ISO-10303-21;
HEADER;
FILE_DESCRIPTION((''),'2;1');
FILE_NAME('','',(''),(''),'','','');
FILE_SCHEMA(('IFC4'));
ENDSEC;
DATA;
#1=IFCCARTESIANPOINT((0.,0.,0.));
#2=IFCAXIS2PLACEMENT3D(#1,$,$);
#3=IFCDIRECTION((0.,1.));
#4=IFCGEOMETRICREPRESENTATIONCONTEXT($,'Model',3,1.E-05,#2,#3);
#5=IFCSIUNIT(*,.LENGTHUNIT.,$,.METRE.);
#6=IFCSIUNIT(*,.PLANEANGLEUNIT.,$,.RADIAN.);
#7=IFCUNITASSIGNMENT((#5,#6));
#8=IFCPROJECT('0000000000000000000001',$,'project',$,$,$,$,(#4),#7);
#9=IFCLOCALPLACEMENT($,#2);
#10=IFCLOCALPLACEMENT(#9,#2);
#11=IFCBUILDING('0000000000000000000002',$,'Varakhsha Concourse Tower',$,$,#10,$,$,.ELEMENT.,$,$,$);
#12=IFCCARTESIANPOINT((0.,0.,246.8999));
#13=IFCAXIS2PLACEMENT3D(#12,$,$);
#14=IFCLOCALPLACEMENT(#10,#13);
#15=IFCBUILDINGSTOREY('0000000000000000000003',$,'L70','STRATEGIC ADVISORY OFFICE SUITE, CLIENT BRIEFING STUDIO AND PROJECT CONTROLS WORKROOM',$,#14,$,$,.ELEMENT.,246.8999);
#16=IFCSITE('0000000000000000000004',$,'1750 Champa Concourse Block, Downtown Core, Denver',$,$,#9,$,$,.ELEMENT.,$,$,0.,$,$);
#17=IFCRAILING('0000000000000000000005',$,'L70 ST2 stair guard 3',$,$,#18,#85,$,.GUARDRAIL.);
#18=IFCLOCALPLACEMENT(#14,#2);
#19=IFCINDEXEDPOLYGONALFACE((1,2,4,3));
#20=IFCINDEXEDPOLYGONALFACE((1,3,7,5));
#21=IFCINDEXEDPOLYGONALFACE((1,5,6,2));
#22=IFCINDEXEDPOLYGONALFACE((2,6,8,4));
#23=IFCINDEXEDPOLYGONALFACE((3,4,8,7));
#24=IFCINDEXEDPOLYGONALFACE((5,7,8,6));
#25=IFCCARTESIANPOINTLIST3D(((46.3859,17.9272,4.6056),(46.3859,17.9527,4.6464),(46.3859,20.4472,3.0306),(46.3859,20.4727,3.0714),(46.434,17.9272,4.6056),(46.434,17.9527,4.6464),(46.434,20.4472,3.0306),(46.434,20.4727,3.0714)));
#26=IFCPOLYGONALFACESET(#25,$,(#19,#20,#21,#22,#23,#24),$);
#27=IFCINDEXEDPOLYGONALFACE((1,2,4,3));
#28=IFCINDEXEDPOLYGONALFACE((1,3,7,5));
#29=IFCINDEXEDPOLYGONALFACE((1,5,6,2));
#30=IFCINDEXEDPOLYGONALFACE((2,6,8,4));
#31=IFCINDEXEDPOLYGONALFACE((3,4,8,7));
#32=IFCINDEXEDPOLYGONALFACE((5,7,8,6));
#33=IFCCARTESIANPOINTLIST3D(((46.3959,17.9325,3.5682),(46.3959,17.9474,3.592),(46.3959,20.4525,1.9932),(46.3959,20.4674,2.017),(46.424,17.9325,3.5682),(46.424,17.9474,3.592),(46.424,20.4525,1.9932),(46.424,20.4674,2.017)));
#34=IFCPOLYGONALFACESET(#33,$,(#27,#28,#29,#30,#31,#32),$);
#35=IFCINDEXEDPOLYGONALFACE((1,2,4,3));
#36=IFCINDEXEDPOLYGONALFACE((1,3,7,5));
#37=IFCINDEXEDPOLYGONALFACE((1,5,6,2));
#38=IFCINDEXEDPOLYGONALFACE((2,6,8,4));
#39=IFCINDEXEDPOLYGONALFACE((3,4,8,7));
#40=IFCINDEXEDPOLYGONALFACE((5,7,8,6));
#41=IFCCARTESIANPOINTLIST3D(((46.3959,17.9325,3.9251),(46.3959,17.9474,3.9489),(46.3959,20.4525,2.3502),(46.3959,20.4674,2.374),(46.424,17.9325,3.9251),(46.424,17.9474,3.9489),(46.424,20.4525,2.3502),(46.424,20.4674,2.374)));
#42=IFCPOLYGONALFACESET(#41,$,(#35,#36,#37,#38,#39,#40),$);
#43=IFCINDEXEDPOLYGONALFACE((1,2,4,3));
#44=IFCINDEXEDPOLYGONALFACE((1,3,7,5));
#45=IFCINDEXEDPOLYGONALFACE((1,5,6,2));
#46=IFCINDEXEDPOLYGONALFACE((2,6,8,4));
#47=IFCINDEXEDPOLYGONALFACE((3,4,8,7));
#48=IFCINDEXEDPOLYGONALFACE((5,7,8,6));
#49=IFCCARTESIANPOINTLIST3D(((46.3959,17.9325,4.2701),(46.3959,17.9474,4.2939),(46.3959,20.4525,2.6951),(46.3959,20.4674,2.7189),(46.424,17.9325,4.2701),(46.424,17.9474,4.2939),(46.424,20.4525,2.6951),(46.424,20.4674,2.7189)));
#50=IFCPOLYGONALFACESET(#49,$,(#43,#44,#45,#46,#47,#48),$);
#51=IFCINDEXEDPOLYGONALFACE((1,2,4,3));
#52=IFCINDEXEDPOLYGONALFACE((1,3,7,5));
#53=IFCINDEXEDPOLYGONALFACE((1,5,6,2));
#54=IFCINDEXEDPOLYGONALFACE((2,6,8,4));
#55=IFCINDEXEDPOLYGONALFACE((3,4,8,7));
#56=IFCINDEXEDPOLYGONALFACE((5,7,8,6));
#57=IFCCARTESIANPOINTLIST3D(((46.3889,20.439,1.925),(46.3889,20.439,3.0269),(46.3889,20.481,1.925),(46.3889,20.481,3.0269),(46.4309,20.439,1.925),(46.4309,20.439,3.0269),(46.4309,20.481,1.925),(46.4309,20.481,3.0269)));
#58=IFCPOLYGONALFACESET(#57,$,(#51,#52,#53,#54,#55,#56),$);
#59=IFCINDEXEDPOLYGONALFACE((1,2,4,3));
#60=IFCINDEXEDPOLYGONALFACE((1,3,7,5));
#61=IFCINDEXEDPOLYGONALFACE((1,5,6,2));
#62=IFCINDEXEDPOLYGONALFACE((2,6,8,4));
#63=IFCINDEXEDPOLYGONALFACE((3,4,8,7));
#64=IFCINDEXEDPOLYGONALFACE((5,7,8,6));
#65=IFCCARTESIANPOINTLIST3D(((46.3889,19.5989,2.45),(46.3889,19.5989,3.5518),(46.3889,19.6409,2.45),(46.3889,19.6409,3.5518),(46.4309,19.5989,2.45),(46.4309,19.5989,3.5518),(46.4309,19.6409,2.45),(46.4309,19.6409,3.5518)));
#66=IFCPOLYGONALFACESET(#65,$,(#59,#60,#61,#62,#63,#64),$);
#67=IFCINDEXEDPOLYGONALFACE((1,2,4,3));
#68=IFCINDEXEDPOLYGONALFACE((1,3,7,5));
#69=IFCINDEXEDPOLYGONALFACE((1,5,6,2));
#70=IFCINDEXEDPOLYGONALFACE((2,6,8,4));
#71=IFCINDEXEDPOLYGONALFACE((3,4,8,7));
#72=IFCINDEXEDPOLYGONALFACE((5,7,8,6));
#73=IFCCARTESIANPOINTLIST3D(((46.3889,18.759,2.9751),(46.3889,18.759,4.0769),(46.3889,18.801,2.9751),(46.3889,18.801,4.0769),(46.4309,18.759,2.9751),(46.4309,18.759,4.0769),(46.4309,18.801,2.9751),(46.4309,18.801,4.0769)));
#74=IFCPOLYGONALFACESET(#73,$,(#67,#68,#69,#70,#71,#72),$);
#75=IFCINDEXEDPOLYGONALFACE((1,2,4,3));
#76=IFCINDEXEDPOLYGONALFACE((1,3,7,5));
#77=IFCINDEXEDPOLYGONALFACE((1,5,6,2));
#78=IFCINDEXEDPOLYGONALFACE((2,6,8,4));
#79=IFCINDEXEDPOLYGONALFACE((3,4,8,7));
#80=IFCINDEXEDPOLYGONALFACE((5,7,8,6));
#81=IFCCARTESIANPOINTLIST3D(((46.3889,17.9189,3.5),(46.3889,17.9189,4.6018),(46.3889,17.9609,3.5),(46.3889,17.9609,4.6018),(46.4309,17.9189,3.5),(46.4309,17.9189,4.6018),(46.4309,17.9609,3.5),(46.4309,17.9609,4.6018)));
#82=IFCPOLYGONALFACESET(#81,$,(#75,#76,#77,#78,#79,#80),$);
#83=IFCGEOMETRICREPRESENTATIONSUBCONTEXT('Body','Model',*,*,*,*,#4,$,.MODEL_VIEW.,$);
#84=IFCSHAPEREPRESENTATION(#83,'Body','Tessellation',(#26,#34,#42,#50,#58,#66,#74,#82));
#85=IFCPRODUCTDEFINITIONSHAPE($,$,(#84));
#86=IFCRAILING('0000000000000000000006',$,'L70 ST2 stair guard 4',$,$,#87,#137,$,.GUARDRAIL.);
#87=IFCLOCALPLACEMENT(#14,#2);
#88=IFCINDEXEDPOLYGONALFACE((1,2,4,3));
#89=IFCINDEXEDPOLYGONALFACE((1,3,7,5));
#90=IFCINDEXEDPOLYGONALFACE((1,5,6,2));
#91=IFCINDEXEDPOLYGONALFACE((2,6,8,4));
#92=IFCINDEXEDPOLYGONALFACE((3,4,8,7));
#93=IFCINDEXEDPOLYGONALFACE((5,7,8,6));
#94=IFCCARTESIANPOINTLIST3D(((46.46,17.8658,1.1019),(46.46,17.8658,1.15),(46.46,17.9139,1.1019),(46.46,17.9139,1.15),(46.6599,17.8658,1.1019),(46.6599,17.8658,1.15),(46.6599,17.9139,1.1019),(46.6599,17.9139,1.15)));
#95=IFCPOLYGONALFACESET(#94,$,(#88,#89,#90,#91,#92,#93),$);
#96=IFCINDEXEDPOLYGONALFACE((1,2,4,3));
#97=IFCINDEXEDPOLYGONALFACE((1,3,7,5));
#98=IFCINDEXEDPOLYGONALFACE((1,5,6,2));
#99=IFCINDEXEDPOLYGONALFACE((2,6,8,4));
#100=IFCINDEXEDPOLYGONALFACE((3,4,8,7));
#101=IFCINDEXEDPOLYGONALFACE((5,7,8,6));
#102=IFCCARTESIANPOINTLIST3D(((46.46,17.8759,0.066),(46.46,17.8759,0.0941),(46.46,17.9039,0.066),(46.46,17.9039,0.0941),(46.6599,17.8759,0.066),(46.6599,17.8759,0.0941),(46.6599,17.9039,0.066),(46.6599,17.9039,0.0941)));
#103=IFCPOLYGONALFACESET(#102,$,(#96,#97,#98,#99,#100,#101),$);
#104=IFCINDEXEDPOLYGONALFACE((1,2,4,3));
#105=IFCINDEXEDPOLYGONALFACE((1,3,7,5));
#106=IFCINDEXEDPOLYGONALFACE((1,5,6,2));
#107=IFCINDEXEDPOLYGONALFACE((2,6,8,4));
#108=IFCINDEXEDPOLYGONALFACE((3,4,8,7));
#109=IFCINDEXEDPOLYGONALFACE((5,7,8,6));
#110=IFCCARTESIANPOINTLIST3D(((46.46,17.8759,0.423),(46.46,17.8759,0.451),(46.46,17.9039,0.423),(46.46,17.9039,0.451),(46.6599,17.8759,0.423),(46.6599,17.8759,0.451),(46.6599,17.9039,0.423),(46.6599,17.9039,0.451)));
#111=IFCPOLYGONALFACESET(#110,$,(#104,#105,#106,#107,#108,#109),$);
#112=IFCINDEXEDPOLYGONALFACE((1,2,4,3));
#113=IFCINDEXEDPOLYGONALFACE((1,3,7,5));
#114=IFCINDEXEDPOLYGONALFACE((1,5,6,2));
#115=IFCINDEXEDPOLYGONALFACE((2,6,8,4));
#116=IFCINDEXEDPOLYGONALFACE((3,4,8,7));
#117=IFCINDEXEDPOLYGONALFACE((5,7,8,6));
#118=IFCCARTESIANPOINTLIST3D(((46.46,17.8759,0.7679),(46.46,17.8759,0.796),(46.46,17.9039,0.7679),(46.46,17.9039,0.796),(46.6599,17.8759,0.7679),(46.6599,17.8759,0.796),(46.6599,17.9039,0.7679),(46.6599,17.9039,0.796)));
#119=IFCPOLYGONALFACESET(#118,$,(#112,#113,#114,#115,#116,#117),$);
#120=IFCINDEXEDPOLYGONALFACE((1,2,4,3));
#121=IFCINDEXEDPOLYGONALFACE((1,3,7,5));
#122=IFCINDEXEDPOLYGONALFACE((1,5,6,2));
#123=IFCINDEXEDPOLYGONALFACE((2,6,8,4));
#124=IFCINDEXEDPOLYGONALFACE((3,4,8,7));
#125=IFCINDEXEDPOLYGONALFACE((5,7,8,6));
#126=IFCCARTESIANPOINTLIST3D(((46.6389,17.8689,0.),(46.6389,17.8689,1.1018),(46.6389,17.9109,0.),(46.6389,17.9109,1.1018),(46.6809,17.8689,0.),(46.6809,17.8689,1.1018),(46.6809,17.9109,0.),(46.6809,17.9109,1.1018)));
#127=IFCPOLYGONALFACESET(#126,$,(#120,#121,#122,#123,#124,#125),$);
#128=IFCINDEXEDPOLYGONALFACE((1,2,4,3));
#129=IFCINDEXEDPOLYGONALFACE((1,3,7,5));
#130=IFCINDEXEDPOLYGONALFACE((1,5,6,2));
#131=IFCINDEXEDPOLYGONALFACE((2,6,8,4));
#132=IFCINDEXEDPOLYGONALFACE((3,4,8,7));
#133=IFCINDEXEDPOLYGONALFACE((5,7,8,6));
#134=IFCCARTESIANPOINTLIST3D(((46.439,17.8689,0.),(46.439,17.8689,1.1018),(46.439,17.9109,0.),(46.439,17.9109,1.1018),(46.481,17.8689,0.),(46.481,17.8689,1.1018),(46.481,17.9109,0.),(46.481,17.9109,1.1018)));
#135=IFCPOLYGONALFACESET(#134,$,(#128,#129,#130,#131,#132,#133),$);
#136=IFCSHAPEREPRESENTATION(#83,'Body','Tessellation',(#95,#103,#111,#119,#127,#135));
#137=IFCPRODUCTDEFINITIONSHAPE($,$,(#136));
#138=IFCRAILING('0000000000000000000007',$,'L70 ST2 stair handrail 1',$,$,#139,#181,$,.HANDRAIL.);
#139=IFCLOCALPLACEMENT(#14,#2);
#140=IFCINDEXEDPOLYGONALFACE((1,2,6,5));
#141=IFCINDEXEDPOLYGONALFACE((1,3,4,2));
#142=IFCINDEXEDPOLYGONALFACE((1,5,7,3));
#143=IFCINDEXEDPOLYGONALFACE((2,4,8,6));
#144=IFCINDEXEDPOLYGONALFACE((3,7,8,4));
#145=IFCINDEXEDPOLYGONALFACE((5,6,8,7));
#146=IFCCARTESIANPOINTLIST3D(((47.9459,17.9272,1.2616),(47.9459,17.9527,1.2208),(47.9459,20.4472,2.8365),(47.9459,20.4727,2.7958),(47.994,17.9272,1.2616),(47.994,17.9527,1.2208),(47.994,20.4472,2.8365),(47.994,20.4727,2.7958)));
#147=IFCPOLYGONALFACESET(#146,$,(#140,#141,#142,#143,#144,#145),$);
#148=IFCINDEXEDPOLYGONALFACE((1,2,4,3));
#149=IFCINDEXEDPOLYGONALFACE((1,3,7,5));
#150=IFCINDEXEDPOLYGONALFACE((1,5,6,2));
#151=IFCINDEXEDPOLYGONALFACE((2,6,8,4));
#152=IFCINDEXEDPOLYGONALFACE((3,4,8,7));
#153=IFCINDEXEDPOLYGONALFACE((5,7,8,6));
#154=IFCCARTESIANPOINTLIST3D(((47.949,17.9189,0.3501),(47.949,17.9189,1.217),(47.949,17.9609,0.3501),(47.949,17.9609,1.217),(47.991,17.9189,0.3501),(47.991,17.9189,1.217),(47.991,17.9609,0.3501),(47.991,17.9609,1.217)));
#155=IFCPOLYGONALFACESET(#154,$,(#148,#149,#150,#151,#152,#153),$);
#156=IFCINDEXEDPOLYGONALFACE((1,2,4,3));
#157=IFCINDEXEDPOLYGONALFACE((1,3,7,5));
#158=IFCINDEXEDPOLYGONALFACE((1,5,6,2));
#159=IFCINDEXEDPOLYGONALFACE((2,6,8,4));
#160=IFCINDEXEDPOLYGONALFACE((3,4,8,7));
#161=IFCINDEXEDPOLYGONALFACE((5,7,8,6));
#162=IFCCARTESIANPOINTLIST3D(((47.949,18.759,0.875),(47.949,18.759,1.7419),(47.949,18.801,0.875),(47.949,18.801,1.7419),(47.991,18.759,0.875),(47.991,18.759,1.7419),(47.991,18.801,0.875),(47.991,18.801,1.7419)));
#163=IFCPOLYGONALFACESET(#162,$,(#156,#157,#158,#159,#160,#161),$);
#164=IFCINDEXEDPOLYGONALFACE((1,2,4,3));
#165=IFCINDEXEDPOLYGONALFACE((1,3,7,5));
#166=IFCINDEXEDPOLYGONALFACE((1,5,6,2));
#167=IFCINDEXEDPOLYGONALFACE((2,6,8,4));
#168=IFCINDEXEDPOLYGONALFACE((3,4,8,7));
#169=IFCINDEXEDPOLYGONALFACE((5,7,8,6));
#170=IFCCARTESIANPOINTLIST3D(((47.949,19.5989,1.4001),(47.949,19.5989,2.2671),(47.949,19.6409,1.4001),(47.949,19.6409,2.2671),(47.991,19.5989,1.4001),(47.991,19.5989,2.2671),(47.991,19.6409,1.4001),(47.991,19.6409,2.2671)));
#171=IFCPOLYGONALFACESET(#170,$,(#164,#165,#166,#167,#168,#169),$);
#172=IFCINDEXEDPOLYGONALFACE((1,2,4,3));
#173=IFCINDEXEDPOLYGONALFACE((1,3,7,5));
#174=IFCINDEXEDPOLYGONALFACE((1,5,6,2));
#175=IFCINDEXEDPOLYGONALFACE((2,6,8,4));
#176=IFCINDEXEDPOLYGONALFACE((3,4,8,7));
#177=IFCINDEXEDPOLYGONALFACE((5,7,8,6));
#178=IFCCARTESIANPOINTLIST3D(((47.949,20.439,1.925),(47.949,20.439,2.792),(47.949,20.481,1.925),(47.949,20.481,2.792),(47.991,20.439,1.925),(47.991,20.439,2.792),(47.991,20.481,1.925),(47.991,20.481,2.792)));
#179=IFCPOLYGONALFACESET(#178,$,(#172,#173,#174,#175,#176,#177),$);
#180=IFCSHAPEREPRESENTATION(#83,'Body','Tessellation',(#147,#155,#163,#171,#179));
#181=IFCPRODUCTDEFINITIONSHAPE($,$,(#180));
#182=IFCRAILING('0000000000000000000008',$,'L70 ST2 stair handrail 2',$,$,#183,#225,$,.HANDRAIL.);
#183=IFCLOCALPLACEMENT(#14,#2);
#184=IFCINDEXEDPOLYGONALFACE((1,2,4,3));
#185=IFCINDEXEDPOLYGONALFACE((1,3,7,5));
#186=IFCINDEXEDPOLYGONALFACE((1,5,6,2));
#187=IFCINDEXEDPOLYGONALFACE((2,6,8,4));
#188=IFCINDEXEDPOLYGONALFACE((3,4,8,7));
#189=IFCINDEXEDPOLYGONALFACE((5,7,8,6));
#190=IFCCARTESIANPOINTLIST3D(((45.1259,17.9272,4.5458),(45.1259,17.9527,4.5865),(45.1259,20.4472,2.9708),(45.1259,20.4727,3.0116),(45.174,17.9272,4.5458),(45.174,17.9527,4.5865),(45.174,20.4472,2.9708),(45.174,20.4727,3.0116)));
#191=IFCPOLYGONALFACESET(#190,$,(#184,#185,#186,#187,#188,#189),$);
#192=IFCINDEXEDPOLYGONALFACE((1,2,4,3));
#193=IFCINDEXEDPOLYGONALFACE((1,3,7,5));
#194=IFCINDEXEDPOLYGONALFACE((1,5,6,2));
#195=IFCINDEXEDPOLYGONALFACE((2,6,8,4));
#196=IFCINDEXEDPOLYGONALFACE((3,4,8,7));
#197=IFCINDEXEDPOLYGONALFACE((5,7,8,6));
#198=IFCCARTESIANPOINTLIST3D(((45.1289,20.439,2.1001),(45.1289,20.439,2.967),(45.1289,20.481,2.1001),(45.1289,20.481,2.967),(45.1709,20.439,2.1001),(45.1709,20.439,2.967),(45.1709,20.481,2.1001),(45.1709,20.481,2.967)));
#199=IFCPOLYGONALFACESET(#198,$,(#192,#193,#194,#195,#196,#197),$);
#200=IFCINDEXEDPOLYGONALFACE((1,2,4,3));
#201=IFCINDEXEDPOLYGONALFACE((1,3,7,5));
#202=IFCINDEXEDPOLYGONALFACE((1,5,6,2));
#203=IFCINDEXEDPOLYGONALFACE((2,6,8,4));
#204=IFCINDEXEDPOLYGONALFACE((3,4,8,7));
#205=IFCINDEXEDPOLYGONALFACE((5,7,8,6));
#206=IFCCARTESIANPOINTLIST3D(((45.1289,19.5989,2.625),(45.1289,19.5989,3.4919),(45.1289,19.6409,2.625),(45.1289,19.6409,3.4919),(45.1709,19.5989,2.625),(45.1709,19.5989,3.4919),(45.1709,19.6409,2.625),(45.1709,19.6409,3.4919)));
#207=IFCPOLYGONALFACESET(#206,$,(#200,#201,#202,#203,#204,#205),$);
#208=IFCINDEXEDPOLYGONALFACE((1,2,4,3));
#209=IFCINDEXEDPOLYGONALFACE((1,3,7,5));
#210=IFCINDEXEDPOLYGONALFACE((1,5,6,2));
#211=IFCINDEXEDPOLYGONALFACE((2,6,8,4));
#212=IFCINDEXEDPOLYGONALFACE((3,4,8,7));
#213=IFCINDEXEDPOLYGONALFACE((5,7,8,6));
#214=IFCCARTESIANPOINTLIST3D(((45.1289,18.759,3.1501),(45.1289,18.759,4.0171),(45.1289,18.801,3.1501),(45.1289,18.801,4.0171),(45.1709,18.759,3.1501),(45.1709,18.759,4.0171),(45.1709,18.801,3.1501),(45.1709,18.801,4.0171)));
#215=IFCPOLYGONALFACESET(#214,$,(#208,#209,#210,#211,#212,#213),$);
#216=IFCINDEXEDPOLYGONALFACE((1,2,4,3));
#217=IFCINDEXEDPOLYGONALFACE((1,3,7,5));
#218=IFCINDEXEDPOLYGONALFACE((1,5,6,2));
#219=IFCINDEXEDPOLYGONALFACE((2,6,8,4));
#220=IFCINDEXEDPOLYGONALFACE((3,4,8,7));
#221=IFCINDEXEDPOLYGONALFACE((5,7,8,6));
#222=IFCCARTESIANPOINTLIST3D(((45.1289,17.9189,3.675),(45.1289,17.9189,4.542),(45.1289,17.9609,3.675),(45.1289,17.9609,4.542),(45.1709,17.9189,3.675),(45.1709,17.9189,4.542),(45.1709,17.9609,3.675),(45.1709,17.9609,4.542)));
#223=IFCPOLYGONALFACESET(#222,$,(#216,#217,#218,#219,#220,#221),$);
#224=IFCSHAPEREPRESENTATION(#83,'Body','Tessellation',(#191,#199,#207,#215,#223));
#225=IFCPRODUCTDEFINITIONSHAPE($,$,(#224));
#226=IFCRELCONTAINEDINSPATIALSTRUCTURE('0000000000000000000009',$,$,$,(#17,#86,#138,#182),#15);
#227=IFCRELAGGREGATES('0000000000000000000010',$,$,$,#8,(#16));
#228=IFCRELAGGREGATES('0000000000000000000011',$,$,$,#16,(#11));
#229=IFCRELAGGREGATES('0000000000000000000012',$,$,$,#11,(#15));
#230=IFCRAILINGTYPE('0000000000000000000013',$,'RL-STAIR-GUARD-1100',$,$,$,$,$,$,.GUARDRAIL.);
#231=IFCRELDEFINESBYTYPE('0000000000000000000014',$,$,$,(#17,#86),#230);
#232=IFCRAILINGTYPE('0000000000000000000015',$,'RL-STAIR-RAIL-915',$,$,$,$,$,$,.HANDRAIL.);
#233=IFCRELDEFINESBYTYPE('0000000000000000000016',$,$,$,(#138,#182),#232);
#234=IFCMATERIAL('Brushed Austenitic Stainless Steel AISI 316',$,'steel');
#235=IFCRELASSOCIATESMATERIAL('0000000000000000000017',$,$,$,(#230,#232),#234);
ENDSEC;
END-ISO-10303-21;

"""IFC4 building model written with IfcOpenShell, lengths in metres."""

from ifc_helpers import new_model, si_unit, direction, frame, origin, origin_2d, place, context, subcontext, project, spatial, rectangle, extrude, material, type_object, element, save


model = new_model("IFC4")

# Units and contexts
model_context = context("Model", 3, precision=1e-05, world=origin(), true_north=direction((0.0, 1.0)))
body_context = subcontext(model_context, "Body", "Model", "MODEL_VIEW")
ifc_project = project(units=[si_unit("LENGTHUNIT", "METRE"), si_unit("PLANEANGLEUNIT", "RADIAN")], contexts=[model_context])

# Site, building, storey
site_placement = place(None, origin())
site = spatial("IfcSite", under=ifc_project, at=site_placement, Name="1750 Champa Concourse Block, Downtown Core, Denver", CompositionType="ELEMENT", RefElevation=0.0)
building_placement = place(site_placement, origin())
building = spatial("IfcBuilding", under=site, at=building_placement, Name="Varakhsha Concourse Tower", CompositionType="ELEMENT")
storey_placement = place(building_placement, frame((0.0, 0.0, 246.8999)))
storey = spatial("IfcBuildingStorey", under=building, at=storey_placement, Name="L70", Description="STRATEGIC ADVISORY OFFICE SUITE, CLIENT BRIEFING STUDIO AND PROJECT CONTROLS WORKROOM", CompositionType="ELEMENT", Elevation=246.8999)

# Railings
ifc_material_1 = material(Name="Brushed Austenitic Stainless Steel AISI 316", Category="steel")
railing_type_1 = type_object("IfcRailingType", Name="RL-STAIR-GUARD-1100", PredefinedType="GUARDRAIL", material=ifc_material_1)
railing_1_placement = place(storey_placement, frame((46.4099, 20.46, 1.925)))
element("IfcRailing", 1, at=railing_1_placement, inside=storey, type_object=railing_type_1, Name="L70 ST2 stair guard 3", PredefinedType="GUARDRAIL", context=body_context, shape_type="SweptSolid", body=[
    extrude(rectangle(XDim=0.0481, YDim=0.0481, at=origin_2d()), frame((0.0, 0.0, 1.126), z_axis=(0.0, -0.848008, 0.529984), x_axis=(1.0, 0.0, 0.0)), (0.0, 0.0, 1.0), 2.9717),
    extrude(rectangle(XDim=0.0281, YDim=0.0281, at=origin_2d()), frame((0.0, 0.0, 0.0801), z_axis=(0.0, -0.848008, 0.529984), x_axis=(1.0, 0.0, 0.0)), (0.0, 0.0, 1.0), 2.9717),
    extrude(rectangle(XDim=0.0281, YDim=0.0281, at=origin_2d()), frame((0.0, 0.0, 0.437), z_axis=(0.0, -0.848008, 0.529984), x_axis=(1.0, 0.0, 0.0)), (0.0, 0.0, 1.0), 2.9717),
    extrude(rectangle(XDim=0.0281, YDim=0.0281, at=origin_2d()), frame((0.0, 0.0, 0.782), z_axis=(0.0, -0.848008, 0.529984), x_axis=(1.0, 0.0, 0.0)), (0.0, 0.0, 1.0), 2.9717),
    extrude(rectangle(XDim=0.042, YDim=0.042, at=origin_2d()), origin(), (0.0, 0.0, 1.0), 1.1018),
    extrude(rectangle(XDim=0.042, YDim=0.042, at=origin_2d()), frame((0.0, -0.8401, 0.5249)), (0.0, 0.0, 1.0), 1.1018),
    extrude(rectangle(XDim=0.042, YDim=0.042, at=origin_2d()), frame((0.0, -1.6799, 1.05)), (0.0, 0.0, 1.0), 1.1018),
    extrude(rectangle(XDim=0.042, YDim=0.042, at=origin_2d()), frame((0.0, -2.52, 1.575)), (0.0, 0.0, 1.0), 1.1018),
])
railing_2_placement = place(storey_placement, frame((46.6599, 17.8899, 0.0)))
element("IfcRailing", 2, at=railing_2_placement, inside=storey, type_object=railing_type_1, Name="L70 ST2 stair guard 4", PredefinedType="GUARDRAIL", context=body_context, shape_type="SweptSolid", body=[
    extrude(rectangle(XDim=0.0481, YDim=0.0481, at=origin_2d()), frame((0.0, 0.0, 1.126), z_axis=(-1.0, 0.0, 0.0), x_axis=(0.0, -1.0, 0.0)), (0.0, 0.0, 1.0), 0.2),
    extrude(rectangle(XDim=0.0281, YDim=0.0281, at=origin_2d()), frame((0.0, 0.0, 0.0801), z_axis=(-1.0, 0.0, 0.0), x_axis=(0.0, -1.0, 0.0)), (0.0, 0.0, 1.0), 0.2),
    extrude(rectangle(XDim=0.0281, YDim=0.0281, at=origin_2d()), frame((0.0, 0.0, 0.437), z_axis=(-1.0, 0.0, 0.0), x_axis=(0.0, -1.0, 0.0)), (0.0, 0.0, 1.0), 0.2),
    extrude(rectangle(XDim=0.0281, YDim=0.0281, at=origin_2d()), frame((0.0, 0.0, 0.782), z_axis=(-1.0, 0.0, 0.0), x_axis=(0.0, -1.0, 0.0)), (0.0, 0.0, 1.0), 0.2),
    extrude(rectangle(XDim=0.042, YDim=0.042, at=origin_2d()), origin(), (0.0, 0.0, 1.0), 1.1018),
    extrude(rectangle(XDim=0.042, YDim=0.042, at=origin_2d()), frame((-0.2, 0.0, 0.0)), (0.0, 0.0, 1.0), 1.1018),
])
railing_type_2 = type_object("IfcRailingType", Name="RL-STAIR-RAIL-915", PredefinedType="HANDRAIL", material=ifc_material_1)
railing_3_placement = place(storey_placement, frame((47.97, 17.9399, 0.3501)))
element("IfcRailing", 3, at=railing_3_placement, inside=storey, type_object=railing_type_2, Name="L70 ST2 stair handrail 1", PredefinedType="HANDRAIL", context=body_context, shape_type="SweptSolid", body=[
    extrude(rectangle(XDim=0.0481, YDim=0.0481, at=origin_2d()), frame((0.0, 0.0, 0.8911), z_axis=(0.0, 0.848008, 0.529984), x_axis=(-1.0, 0.0, 0.0)), (0.0, 0.0, 1.0), 2.9717),
    extrude(rectangle(XDim=0.042, YDim=0.042, at=origin_2d()), origin(), (0.0, 0.0, 1.0), 0.8669),
    extrude(rectangle(XDim=0.042, YDim=0.042, at=origin_2d()), frame((0.0, 0.8401, 0.5249)), (0.0, 0.0, 1.0), 0.8669),
    extrude(rectangle(XDim=0.042, YDim=0.042, at=origin_2d()), frame((0.0, 1.6799, 1.05)), (0.0, 0.0, 1.0), 0.8669),
    extrude(rectangle(XDim=0.042, YDim=0.042, at=origin_2d()), frame((0.0, 2.52, 1.575)), (0.0, 0.0, 1.0), 0.8669),
])
railing_4_placement = place(storey_placement, frame((45.1499, 20.46, 2.1001)))
element("IfcRailing", 4, at=railing_4_placement, inside=storey, type_object=railing_type_2, Name="L70 ST2 stair handrail 2", PredefinedType="HANDRAIL", context=body_context, shape_type="SweptSolid", body=[
    extrude(rectangle(XDim=0.0481, YDim=0.0481, at=origin_2d()), frame((0.0, 0.0, 0.8911), z_axis=(0.0, -0.848008, 0.529984), x_axis=(1.0, 0.0, 0.0)), (0.0, 0.0, 1.0), 2.9717),
    extrude(rectangle(XDim=0.042, YDim=0.042, at=origin_2d()), origin(), (0.0, 0.0, 1.0), 0.8669),
    extrude(rectangle(XDim=0.042, YDim=0.042, at=origin_2d()), frame((0.0, -0.8401, 0.5249)), (0.0, 0.0, 1.0), 0.8669),
    extrude(rectangle(XDim=0.042, YDim=0.042, at=origin_2d()), frame((0.0, -1.6799, 1.05)), (0.0, 0.0, 1.0), 0.8669),
    extrude(rectangle(XDim=0.042, YDim=0.042, at=origin_2d()), frame((0.0, -2.52, 1.575)), (0.0, 0.0, 1.0), 0.8669),
])

save(model, "model.ifc")
